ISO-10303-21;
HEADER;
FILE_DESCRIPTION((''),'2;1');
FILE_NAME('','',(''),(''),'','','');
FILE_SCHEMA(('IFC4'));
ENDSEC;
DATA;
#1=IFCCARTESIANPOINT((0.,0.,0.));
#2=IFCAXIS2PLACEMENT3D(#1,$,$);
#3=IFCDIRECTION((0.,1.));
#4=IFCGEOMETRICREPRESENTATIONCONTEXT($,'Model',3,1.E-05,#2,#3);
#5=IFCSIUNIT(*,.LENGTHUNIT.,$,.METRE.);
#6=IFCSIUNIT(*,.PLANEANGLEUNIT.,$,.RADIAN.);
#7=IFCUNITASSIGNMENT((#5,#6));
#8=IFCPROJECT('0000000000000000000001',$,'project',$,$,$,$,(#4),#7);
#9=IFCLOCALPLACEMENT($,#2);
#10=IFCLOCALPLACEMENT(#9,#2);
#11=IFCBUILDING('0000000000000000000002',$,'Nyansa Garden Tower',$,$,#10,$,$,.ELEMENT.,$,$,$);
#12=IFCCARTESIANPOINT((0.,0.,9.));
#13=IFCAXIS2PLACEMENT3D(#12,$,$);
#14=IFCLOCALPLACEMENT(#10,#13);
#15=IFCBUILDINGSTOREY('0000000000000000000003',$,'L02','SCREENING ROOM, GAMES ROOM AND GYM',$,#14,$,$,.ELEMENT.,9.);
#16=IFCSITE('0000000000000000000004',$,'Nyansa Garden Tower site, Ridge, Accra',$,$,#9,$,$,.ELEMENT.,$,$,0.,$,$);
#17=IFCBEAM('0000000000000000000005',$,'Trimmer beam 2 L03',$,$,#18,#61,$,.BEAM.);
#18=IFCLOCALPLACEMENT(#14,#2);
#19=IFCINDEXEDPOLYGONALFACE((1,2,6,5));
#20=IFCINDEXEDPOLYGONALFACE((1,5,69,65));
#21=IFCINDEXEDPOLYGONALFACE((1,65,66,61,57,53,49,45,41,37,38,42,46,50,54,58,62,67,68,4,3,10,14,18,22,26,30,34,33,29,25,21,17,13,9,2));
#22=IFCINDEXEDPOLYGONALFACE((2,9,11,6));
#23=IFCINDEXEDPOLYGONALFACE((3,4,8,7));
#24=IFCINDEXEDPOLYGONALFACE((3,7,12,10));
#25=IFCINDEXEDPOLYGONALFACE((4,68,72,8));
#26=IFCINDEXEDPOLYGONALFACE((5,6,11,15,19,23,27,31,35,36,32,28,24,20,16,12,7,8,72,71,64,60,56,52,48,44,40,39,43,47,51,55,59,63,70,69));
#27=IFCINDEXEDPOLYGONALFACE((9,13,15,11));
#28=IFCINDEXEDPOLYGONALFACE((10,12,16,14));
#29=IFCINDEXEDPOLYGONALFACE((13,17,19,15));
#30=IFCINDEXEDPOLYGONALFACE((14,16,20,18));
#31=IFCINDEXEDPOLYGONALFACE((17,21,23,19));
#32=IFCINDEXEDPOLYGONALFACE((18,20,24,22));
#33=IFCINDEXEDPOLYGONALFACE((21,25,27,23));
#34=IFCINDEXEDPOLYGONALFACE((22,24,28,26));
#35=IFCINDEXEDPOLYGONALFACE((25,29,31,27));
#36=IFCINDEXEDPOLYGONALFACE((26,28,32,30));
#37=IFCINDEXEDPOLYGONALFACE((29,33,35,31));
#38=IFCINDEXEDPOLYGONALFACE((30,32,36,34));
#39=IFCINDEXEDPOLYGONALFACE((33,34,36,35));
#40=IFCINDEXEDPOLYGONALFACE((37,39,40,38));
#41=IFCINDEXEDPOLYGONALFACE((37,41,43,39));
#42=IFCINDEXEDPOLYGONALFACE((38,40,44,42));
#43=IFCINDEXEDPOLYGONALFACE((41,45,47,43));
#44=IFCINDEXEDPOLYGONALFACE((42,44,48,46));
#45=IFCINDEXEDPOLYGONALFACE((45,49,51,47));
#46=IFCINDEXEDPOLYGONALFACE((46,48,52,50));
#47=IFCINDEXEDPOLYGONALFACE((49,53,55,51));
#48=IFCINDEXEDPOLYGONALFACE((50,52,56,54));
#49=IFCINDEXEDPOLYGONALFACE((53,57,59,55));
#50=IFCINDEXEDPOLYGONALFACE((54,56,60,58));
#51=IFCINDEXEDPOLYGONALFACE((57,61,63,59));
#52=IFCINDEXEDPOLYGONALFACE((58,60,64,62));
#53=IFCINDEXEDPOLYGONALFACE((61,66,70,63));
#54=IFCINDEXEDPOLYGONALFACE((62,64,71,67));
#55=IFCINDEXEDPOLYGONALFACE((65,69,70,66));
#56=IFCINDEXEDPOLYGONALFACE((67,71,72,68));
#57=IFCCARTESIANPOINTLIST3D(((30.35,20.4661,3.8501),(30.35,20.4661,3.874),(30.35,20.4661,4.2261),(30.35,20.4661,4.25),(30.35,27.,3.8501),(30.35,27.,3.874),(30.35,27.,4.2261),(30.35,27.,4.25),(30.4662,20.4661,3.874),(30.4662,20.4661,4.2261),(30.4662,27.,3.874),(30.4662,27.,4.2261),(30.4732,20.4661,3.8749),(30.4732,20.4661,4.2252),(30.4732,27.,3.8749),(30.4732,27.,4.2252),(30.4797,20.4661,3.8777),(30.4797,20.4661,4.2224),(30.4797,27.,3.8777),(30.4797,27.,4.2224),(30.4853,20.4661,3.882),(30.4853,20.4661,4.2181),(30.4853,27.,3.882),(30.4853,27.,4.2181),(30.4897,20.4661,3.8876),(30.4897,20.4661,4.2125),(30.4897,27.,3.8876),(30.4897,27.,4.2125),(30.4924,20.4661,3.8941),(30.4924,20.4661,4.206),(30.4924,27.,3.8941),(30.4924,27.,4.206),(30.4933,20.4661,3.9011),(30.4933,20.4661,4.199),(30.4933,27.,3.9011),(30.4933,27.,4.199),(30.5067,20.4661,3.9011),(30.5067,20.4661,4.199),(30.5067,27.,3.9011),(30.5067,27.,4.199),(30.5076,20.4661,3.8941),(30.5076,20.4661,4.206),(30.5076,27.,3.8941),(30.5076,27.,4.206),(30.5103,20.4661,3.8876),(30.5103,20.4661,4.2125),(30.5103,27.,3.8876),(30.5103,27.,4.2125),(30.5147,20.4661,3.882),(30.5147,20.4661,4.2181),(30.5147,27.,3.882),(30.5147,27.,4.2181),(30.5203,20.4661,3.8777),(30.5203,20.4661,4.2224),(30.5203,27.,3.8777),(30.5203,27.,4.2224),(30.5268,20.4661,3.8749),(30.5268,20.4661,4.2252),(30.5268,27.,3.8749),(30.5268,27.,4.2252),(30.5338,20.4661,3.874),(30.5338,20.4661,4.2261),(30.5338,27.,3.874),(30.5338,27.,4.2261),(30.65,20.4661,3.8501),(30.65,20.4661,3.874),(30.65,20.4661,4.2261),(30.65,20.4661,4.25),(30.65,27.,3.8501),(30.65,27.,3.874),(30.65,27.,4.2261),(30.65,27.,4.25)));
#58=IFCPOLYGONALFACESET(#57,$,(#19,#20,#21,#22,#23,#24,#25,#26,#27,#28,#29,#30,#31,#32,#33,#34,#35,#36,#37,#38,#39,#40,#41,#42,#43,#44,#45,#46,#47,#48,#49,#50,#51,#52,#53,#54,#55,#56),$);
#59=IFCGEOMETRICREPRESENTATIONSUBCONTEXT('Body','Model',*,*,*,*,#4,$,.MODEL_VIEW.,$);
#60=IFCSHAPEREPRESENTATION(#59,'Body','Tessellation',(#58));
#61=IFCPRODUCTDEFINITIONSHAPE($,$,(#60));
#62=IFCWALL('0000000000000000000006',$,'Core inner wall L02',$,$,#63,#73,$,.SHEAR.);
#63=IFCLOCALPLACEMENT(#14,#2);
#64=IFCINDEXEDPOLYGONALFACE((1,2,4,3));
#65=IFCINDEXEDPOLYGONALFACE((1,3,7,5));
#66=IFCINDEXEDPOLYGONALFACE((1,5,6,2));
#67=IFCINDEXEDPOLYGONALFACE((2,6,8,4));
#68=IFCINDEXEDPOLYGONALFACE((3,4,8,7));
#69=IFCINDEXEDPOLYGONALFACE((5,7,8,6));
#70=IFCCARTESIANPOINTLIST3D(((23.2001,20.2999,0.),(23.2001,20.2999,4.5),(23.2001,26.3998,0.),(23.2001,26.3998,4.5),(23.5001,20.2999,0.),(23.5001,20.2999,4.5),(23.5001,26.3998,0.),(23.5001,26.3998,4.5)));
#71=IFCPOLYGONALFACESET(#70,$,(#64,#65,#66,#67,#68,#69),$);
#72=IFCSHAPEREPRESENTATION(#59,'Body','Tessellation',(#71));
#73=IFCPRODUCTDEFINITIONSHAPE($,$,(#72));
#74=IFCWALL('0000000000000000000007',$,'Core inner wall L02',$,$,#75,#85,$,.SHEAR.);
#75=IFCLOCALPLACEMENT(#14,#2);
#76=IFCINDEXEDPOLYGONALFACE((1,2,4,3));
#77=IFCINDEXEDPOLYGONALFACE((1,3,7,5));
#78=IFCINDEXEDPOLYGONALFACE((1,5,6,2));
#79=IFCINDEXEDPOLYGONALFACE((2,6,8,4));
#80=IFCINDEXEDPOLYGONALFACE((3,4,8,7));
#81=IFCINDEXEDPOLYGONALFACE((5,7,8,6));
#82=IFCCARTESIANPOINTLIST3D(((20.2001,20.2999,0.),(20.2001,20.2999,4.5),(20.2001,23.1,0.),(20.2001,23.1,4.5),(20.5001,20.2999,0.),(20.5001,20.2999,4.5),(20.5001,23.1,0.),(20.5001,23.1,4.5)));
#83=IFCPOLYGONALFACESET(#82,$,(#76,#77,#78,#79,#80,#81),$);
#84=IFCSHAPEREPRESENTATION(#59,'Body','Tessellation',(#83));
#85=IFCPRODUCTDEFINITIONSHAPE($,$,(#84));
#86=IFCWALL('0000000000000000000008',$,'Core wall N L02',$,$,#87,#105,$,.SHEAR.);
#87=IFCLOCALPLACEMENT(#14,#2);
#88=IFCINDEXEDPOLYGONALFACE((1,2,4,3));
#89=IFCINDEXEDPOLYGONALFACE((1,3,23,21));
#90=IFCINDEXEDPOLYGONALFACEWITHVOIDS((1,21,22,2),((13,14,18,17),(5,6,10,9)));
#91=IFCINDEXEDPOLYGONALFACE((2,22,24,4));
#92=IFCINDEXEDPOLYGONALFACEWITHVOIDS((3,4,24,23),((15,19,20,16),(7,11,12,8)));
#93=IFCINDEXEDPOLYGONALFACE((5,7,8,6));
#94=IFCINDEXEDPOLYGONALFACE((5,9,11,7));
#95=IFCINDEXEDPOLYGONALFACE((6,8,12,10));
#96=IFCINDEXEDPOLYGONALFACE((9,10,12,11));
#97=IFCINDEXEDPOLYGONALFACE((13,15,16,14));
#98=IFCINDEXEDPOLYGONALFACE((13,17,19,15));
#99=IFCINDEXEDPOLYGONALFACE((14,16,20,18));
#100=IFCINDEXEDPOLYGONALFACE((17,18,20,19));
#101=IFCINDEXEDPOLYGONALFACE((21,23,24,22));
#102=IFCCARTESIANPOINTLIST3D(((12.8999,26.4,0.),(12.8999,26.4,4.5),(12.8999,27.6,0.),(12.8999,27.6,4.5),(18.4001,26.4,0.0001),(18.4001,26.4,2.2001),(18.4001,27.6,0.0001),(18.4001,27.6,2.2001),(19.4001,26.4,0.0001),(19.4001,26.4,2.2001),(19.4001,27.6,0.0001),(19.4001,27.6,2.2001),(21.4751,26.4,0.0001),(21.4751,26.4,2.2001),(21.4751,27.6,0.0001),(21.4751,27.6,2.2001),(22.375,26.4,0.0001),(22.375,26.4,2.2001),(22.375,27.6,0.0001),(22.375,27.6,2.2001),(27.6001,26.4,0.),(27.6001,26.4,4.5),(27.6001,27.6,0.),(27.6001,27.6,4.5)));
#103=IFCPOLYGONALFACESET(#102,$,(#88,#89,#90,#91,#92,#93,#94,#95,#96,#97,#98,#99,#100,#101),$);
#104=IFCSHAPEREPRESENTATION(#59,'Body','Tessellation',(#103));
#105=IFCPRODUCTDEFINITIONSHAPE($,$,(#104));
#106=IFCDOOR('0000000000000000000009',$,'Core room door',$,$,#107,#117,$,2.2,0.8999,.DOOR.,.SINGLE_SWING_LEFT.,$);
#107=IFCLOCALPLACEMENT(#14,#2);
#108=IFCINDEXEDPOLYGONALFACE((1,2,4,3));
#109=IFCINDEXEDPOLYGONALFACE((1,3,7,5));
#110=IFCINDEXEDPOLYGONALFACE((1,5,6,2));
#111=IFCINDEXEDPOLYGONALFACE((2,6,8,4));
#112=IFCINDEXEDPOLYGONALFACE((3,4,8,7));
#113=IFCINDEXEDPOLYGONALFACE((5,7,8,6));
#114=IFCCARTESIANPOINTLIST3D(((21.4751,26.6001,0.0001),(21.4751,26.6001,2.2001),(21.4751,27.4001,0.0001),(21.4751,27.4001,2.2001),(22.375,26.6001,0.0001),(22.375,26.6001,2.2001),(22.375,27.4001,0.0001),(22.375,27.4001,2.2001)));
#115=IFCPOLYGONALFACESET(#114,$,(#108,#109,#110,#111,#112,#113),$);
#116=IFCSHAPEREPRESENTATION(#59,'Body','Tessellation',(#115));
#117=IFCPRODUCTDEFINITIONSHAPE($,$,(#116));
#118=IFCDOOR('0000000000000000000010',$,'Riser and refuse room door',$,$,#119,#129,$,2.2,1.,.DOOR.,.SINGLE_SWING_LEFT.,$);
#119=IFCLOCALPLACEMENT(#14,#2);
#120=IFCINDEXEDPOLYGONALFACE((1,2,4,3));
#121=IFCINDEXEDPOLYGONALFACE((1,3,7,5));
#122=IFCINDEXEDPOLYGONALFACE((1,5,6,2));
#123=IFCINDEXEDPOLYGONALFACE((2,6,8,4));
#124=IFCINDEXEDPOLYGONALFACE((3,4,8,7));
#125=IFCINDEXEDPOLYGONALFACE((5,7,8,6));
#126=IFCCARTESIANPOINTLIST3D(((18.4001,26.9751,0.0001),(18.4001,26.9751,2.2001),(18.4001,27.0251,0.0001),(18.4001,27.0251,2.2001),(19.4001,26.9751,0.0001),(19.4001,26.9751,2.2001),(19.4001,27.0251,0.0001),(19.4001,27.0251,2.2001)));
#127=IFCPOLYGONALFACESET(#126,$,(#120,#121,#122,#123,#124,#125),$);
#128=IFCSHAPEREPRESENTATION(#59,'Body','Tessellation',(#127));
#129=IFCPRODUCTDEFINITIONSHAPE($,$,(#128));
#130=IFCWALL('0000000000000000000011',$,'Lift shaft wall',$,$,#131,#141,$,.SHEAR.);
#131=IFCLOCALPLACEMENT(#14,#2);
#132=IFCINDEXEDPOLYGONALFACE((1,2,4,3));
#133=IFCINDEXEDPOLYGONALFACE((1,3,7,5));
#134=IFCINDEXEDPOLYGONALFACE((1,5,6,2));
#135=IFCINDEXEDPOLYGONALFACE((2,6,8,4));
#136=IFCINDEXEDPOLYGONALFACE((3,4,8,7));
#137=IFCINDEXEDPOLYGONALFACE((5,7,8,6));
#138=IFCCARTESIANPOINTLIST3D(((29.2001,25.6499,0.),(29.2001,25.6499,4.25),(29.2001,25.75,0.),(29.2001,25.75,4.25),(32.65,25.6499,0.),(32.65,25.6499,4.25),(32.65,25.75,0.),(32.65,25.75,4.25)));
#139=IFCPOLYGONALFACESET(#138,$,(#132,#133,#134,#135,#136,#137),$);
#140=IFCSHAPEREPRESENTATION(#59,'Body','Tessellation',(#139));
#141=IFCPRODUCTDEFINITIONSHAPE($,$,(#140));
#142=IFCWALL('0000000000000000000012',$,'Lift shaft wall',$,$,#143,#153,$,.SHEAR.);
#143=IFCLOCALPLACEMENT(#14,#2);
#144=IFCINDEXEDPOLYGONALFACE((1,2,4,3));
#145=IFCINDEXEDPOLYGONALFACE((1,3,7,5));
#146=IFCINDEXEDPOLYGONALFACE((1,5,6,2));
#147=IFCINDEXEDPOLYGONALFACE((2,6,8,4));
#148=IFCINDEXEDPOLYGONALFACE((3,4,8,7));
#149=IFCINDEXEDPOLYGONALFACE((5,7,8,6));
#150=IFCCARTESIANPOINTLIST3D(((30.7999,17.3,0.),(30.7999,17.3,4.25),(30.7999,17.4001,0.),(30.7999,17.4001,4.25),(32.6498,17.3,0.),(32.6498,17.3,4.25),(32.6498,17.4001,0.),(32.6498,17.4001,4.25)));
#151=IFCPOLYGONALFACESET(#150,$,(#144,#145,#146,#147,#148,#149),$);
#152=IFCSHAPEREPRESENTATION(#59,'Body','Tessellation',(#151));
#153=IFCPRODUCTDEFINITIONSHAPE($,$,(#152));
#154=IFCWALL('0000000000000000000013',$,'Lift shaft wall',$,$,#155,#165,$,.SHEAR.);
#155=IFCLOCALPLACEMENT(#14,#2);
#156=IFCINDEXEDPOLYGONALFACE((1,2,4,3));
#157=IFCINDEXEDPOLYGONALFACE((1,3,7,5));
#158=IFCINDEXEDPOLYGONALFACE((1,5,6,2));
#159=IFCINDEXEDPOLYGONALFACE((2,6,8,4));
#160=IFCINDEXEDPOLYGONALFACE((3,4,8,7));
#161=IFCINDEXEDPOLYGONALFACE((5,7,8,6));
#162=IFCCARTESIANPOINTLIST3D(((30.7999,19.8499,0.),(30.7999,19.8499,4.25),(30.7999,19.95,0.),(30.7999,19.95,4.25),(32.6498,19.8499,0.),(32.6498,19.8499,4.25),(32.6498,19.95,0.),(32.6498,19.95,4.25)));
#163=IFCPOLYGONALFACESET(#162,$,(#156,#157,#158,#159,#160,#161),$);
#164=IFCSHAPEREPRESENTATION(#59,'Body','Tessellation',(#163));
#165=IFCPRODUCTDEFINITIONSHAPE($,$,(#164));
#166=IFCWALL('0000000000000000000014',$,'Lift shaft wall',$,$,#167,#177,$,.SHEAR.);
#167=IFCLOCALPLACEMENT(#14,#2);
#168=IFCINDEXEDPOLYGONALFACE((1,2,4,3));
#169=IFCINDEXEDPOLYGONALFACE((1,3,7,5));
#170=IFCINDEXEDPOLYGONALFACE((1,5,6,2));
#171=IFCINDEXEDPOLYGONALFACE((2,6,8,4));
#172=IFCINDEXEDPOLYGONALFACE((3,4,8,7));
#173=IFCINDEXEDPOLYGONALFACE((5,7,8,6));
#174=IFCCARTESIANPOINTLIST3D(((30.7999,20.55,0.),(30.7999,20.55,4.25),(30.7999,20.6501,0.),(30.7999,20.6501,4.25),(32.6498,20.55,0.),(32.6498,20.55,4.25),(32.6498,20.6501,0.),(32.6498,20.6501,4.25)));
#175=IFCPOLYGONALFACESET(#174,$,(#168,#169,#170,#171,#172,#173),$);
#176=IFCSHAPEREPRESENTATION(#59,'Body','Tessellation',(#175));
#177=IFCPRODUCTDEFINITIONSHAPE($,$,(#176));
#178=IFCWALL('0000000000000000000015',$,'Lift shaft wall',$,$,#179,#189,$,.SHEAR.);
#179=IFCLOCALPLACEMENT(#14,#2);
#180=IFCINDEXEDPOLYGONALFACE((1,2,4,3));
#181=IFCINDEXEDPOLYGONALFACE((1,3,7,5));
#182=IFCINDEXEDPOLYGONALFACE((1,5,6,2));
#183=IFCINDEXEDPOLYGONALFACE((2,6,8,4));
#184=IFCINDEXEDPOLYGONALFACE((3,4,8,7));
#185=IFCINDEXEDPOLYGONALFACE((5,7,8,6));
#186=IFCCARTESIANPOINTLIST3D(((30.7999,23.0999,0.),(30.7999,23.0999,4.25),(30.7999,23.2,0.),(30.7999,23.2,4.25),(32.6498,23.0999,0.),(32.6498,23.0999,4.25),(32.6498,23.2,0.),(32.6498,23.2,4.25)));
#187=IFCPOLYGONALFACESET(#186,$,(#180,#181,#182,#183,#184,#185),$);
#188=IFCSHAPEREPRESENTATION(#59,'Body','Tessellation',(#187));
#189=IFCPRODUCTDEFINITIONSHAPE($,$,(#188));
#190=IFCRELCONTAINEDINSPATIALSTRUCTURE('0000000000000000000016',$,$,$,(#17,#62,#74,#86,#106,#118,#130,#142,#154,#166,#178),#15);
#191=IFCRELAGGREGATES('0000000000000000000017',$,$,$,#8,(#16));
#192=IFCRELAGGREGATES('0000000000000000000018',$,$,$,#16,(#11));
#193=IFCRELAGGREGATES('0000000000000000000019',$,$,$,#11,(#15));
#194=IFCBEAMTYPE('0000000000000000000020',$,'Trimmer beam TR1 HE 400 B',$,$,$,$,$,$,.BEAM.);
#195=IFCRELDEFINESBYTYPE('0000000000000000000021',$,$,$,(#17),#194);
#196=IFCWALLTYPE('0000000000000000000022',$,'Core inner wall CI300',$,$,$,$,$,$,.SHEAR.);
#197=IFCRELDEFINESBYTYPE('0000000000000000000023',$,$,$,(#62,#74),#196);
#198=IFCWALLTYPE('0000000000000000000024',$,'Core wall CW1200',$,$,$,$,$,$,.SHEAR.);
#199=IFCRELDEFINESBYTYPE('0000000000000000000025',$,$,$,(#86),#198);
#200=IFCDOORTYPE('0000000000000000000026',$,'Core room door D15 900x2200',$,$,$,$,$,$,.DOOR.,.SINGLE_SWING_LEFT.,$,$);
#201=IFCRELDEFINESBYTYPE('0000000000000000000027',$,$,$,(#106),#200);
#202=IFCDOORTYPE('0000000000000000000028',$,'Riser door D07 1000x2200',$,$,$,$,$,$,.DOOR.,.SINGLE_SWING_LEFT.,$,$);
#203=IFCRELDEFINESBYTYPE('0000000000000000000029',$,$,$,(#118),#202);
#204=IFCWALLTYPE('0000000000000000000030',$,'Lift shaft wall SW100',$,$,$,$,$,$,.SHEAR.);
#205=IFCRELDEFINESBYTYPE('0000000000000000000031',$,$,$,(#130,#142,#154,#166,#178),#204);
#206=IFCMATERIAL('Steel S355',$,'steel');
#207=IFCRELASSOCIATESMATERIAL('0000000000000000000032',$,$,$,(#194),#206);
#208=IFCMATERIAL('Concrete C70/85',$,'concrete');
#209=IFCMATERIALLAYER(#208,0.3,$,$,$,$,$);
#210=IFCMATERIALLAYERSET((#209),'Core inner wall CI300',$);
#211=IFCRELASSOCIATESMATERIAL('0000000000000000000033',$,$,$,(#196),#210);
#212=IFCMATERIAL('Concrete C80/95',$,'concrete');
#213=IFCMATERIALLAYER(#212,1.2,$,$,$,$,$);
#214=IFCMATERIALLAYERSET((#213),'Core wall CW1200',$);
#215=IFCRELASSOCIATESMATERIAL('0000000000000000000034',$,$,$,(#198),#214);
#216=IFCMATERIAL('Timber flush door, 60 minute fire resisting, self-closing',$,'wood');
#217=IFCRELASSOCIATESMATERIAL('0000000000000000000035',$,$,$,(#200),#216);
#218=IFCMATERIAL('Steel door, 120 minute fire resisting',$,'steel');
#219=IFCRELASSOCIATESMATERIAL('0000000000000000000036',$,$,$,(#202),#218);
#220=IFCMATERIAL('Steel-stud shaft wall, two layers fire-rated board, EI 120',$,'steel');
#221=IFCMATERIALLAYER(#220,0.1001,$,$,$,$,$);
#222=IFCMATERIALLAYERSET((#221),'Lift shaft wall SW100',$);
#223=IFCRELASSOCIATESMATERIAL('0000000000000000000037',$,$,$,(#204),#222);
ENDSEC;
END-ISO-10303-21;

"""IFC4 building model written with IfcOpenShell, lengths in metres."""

from ifc_helpers import new_model, si_unit, direction, frame, frame_2d, origin, origin_2d, place, context, subcontext, project, spatial, rectangle, i_section, extrude, material, layer, layer_set, material_profile, profile_set, type_object, element, fill, save


model = new_model("IFC4")

# Units and contexts
model_context = context("Model", 3, precision=1e-05, world=origin(), true_north=direction((0.0, 1.0)))
body_context = subcontext(model_context, "Body", "Model", "MODEL_VIEW")
ifc_project = project(units=[si_unit("LENGTHUNIT", "METRE"), si_unit("PLANEANGLEUNIT", "RADIAN")], contexts=[model_context])

# Site, building, storey
site_placement = place(None, origin())
site = spatial("IfcSite", under=ifc_project, at=site_placement, Name="Nyansa Garden Tower site, Ridge, Accra", CompositionType="ELEMENT", RefElevation=0.0)
building_placement = place(site_placement, origin())
building = spatial("IfcBuilding", under=site, at=building_placement, Name="Nyansa Garden Tower", CompositionType="ELEMENT")
storey_placement = place(building_placement, frame((0.0, 0.0, 9.0)))
storey = spatial("IfcBuildingStorey", under=building, at=storey_placement, Name="L02", Description="SCREENING ROOM, GAMES ROOM AND GYM", CompositionType="ELEMENT", Elevation=9.0)

# Beam
ifc_material_1 = material(Name="Steel S355", Category="steel")
ifc_material_profile_1 = material_profile(ifc_material_1, i_section(OverallWidth=0.3, OverallDepth=0.3999, WebThickness=0.0134, FlangeThickness=0.0239, FilletRadius=0.0271, at=origin_2d()), Name="HE 400 B")
ifc_profile_set_1 = profile_set([ifc_material_profile_1], Name="Steel S355")
beam_type_1 = type_object("IfcBeamType", Name="Trimmer beam TR1 HE 400 B", PredefinedType="BEAM", material=ifc_profile_set_1)
beam_1_placement = place(storey_placement, frame((30.5, 20.4661, 4.05), z_axis=(0.0, 1.0, 0.0), x_axis=(-1.0, 0.0, 0.0)))
element("IfcBeam", 1, at=beam_1_placement, inside=storey, type_object=beam_type_1, Name="Trimmer beam 2 L03", PredefinedType="BEAM", context=body_context, shape_type="SweptSolid", body=[
    extrude(i_section(OverallWidth=0.3, OverallDepth=0.3999, WebThickness=0.0134, FlangeThickness=0.0239, FilletRadius=0.0271, at=origin_2d()), origin(), (0.0, 0.0, 1.0), 6.5339),
])

# Walls
ifc_material_2 = material(Name="Concrete C70/85", Category="concrete")
ifc_layer_1 = layer(ifc_material_2, 0.3)
ifc_layer_set_1 = layer_set([ifc_layer_1], Name="Core inner wall CI300")
wall_type_1 = type_object("IfcWallType", Name="Core inner wall CI300", PredefinedType="SHEAR", material=ifc_layer_set_1)
wall_1_placement = place(storey_placement, frame((23.3501, 20.3, 0.0), z_axis=(0.0, 0.0, 1.0), x_axis=(0.0, 1.0, 0.0)))
element("IfcWall", 2, at=wall_1_placement, inside=storey, type_object=wall_type_1, Name="Core inner wall L02", PredefinedType="SHEAR", context=body_context, shape_type="SweptSolid", body=[
    extrude(rectangle(XDim=6.0999, YDim=0.3, at=frame_2d((3.0498, 0.0))), origin(), (0.0, 0.0, 1.0), 4.5),
])
wall_2_placement = place(storey_placement, frame((20.3501, 20.3, 0.0), z_axis=(0.0, 0.0, 1.0), x_axis=(0.0, 1.0, 0.0)))
element("IfcWall", 3, at=wall_2_placement, inside=storey, type_object=wall_type_1, Name="Core inner wall L02", PredefinedType="SHEAR", context=body_context, shape_type="SweptSolid", body=[
    extrude(rectangle(XDim=2.8, YDim=0.3, at=frame_2d((1.3999, 0.0))), origin(), (0.0, 0.0, 1.0), 4.5),
])

# Wall, openings, doors
ifc_material_3 = material(Name="Concrete C80/95", Category="concrete")
ifc_layer_2 = layer(ifc_material_3, 1.2)
ifc_layer_set_2 = layer_set([ifc_layer_2], Name="Core wall CW1200")
wall_type_2 = type_object("IfcWallType", Name="Core wall CW1200", PredefinedType="SHEAR", material=ifc_layer_set_2)
wall_3_placement = place(storey_placement, frame((27.6001, 27.0, 0.0), z_axis=(0.0, 0.0, 1.0), x_axis=(-1.0, 0.0, 0.0)))
wall_3 = element("IfcWall", 4, at=wall_3_placement, inside=storey, type_object=wall_type_2, Name="Core wall N L02", PredefinedType="SHEAR", context=body_context, shape_type="SweptSolid", body=[
    extrude(rectangle(XDim=14.7002, YDim=1.2, at=frame_2d((7.3501, 0.0))), origin(), (0.0, 0.0, 1.0), 4.5),
])
opening_1_placement = place(wall_3_placement, frame((5.2251, 0.0, 0.0)))
opening_1 = element("IfcOpeningElement", 5, at=opening_1_placement, cuts=wall_3, PredefinedType="OPENING", context=body_context, shape_type="SweptSolid", body=[
    extrude(rectangle(XDim=0.8999, YDim=2.2, at=frame_2d((0.45, 1.1001))), frame((0.0, 0.6099, 0.0), z_axis=(0.0, -1.0, 0.0), x_axis=(1.0, 0.0, 0.0)), (0.0, 0.0, 1.0), 1.22),
])
opening_2_placement = place(wall_3_placement, frame((8.2, 0.0, 0.0)))
opening_2 = element("IfcOpeningElement", 6, at=opening_2_placement, cuts=wall_3, PredefinedType="OPENING", context=body_context, shape_type="SweptSolid", body=[
    extrude(rectangle(XDim=1.0, YDim=2.2, at=frame_2d((0.5, 1.1001))), frame((0.0, 0.6099, 0.0), z_axis=(0.0, -1.0, 0.0), x_axis=(1.0, 0.0, 0.0)), (0.0, 0.0, 1.0), 1.22),
])
ifc_material_4 = material(Name="Timber flush door, 60 minute fire resisting, self-closing", Category="wood")
door_type_1 = type_object("IfcDoorType", Name="Core room door D15 900x2200", OperationType="SINGLE_SWING_LEFT", PredefinedType="DOOR", material=ifc_material_4)
door_1_placement = place(opening_1_placement, origin())
door_1 = element("IfcDoor", 7, at=door_1_placement, inside=storey, type_object=door_type_1, Name="Core room door", OperationType="SINGLE_SWING_LEFT", OverallHeight=2.2, OverallWidth=0.8999, PredefinedType="DOOR", context=body_context, shape_type="SweptSolid", body=[
    extrude(rectangle(XDim=0.8999, YDim=2.2, at=frame_2d((0.45, 1.1001))), frame((0.0, 0.3999, 0.0), z_axis=(0.0, -1.0, 0.0), x_axis=(1.0, 0.0, 0.0)), (0.0, 0.0, 1.0), 0.8),
])
fill(opening_1, door_1)
ifc_material_5 = material(Name="Steel door, 120 minute fire resisting", Category="steel")
door_type_2 = type_object("IfcDoorType", Name="Riser door D07 1000x2200", OperationType="SINGLE_SWING_LEFT", PredefinedType="DOOR", material=ifc_material_5)
door_2_placement = place(opening_2_placement, origin())
door_2 = element("IfcDoor", 8, at=door_2_placement, inside=storey, type_object=door_type_2, Name="Riser and refuse room door", OperationType="SINGLE_SWING_LEFT", OverallHeight=2.2, OverallWidth=1.0, PredefinedType="DOOR", context=body_context, shape_type="SweptSolid", body=[
    extrude(rectangle(XDim=1.0, YDim=2.2, at=frame_2d((0.5, 1.1001))), frame((0.0, 0.0249, 0.0), z_axis=(0.0, -1.0, 0.0), x_axis=(1.0, 0.0, 0.0)), (0.0, 0.0, 1.0), 0.05),
])
fill(opening_2, door_2)

# Walls
ifc_material_6 = material(Name="Steel-stud shaft wall, two layers fire-rated board, EI 120", Category="steel")
ifc_layer_3 = layer(ifc_material_6, 0.1001)
ifc_layer_set_3 = layer_set([ifc_layer_3], Name="Lift shaft wall SW100")
wall_type_3 = type_object("IfcWallType", Name="Lift shaft wall SW100", PredefinedType="SHEAR", material=ifc_layer_set_3)
wall_4_placement = place(storey_placement, frame((29.2, 25.7, 0.0), z_axis=(0.0, 0.0, 1.0), x_axis=(1.0, 0.0, 0.0)))
element("IfcWall", 9, at=wall_4_placement, inside=storey, type_object=wall_type_3, Name="Lift shaft wall", PredefinedType="SHEAR", context=body_context, shape_type="SweptSolid", body=[
    extrude(rectangle(XDim=3.45, YDim=0.1001, at=frame_2d((1.7251, 0.0))), origin(), (0.0, 0.0, 1.0), 4.25),
])
for number, where, z_axis, x_axis, name in (
    (10, (30.8, 17.3501, 0.0), (0.0, 0.0, 1.0), (1.0, 0.0, 0.0), "Lift shaft wall"),
    (11, (30.8, 19.8999, 0.0), (0.0, 0.0, 1.0), (1.0, 0.0, 0.0), "Lift shaft wall"),
    (12, (30.8, 20.6001, 0.0), (0.0, 0.0, 1.0), (1.0, 0.0, 0.0), "Lift shaft wall"),
    (13, (30.8, 23.1499, 0.0), (0.0, 0.0, 1.0), (1.0, 0.0, 0.0), "Lift shaft wall"),
):
    element("IfcWall", number, at=place(storey_placement, frame(where, z_axis=z_axis, x_axis=x_axis)), inside=storey, type_object=wall_type_3, Name=name, PredefinedType="SHEAR", context=body_context, shape_type="SweptSolid", body=[
        extrude(rectangle(XDim=1.8499, YDim=0.1001, at=frame_2d((0.9248, 0.0))), origin(), (0.0, 0.0, 1.0), 4.25),
    ])

save(model, "model.ifc")
